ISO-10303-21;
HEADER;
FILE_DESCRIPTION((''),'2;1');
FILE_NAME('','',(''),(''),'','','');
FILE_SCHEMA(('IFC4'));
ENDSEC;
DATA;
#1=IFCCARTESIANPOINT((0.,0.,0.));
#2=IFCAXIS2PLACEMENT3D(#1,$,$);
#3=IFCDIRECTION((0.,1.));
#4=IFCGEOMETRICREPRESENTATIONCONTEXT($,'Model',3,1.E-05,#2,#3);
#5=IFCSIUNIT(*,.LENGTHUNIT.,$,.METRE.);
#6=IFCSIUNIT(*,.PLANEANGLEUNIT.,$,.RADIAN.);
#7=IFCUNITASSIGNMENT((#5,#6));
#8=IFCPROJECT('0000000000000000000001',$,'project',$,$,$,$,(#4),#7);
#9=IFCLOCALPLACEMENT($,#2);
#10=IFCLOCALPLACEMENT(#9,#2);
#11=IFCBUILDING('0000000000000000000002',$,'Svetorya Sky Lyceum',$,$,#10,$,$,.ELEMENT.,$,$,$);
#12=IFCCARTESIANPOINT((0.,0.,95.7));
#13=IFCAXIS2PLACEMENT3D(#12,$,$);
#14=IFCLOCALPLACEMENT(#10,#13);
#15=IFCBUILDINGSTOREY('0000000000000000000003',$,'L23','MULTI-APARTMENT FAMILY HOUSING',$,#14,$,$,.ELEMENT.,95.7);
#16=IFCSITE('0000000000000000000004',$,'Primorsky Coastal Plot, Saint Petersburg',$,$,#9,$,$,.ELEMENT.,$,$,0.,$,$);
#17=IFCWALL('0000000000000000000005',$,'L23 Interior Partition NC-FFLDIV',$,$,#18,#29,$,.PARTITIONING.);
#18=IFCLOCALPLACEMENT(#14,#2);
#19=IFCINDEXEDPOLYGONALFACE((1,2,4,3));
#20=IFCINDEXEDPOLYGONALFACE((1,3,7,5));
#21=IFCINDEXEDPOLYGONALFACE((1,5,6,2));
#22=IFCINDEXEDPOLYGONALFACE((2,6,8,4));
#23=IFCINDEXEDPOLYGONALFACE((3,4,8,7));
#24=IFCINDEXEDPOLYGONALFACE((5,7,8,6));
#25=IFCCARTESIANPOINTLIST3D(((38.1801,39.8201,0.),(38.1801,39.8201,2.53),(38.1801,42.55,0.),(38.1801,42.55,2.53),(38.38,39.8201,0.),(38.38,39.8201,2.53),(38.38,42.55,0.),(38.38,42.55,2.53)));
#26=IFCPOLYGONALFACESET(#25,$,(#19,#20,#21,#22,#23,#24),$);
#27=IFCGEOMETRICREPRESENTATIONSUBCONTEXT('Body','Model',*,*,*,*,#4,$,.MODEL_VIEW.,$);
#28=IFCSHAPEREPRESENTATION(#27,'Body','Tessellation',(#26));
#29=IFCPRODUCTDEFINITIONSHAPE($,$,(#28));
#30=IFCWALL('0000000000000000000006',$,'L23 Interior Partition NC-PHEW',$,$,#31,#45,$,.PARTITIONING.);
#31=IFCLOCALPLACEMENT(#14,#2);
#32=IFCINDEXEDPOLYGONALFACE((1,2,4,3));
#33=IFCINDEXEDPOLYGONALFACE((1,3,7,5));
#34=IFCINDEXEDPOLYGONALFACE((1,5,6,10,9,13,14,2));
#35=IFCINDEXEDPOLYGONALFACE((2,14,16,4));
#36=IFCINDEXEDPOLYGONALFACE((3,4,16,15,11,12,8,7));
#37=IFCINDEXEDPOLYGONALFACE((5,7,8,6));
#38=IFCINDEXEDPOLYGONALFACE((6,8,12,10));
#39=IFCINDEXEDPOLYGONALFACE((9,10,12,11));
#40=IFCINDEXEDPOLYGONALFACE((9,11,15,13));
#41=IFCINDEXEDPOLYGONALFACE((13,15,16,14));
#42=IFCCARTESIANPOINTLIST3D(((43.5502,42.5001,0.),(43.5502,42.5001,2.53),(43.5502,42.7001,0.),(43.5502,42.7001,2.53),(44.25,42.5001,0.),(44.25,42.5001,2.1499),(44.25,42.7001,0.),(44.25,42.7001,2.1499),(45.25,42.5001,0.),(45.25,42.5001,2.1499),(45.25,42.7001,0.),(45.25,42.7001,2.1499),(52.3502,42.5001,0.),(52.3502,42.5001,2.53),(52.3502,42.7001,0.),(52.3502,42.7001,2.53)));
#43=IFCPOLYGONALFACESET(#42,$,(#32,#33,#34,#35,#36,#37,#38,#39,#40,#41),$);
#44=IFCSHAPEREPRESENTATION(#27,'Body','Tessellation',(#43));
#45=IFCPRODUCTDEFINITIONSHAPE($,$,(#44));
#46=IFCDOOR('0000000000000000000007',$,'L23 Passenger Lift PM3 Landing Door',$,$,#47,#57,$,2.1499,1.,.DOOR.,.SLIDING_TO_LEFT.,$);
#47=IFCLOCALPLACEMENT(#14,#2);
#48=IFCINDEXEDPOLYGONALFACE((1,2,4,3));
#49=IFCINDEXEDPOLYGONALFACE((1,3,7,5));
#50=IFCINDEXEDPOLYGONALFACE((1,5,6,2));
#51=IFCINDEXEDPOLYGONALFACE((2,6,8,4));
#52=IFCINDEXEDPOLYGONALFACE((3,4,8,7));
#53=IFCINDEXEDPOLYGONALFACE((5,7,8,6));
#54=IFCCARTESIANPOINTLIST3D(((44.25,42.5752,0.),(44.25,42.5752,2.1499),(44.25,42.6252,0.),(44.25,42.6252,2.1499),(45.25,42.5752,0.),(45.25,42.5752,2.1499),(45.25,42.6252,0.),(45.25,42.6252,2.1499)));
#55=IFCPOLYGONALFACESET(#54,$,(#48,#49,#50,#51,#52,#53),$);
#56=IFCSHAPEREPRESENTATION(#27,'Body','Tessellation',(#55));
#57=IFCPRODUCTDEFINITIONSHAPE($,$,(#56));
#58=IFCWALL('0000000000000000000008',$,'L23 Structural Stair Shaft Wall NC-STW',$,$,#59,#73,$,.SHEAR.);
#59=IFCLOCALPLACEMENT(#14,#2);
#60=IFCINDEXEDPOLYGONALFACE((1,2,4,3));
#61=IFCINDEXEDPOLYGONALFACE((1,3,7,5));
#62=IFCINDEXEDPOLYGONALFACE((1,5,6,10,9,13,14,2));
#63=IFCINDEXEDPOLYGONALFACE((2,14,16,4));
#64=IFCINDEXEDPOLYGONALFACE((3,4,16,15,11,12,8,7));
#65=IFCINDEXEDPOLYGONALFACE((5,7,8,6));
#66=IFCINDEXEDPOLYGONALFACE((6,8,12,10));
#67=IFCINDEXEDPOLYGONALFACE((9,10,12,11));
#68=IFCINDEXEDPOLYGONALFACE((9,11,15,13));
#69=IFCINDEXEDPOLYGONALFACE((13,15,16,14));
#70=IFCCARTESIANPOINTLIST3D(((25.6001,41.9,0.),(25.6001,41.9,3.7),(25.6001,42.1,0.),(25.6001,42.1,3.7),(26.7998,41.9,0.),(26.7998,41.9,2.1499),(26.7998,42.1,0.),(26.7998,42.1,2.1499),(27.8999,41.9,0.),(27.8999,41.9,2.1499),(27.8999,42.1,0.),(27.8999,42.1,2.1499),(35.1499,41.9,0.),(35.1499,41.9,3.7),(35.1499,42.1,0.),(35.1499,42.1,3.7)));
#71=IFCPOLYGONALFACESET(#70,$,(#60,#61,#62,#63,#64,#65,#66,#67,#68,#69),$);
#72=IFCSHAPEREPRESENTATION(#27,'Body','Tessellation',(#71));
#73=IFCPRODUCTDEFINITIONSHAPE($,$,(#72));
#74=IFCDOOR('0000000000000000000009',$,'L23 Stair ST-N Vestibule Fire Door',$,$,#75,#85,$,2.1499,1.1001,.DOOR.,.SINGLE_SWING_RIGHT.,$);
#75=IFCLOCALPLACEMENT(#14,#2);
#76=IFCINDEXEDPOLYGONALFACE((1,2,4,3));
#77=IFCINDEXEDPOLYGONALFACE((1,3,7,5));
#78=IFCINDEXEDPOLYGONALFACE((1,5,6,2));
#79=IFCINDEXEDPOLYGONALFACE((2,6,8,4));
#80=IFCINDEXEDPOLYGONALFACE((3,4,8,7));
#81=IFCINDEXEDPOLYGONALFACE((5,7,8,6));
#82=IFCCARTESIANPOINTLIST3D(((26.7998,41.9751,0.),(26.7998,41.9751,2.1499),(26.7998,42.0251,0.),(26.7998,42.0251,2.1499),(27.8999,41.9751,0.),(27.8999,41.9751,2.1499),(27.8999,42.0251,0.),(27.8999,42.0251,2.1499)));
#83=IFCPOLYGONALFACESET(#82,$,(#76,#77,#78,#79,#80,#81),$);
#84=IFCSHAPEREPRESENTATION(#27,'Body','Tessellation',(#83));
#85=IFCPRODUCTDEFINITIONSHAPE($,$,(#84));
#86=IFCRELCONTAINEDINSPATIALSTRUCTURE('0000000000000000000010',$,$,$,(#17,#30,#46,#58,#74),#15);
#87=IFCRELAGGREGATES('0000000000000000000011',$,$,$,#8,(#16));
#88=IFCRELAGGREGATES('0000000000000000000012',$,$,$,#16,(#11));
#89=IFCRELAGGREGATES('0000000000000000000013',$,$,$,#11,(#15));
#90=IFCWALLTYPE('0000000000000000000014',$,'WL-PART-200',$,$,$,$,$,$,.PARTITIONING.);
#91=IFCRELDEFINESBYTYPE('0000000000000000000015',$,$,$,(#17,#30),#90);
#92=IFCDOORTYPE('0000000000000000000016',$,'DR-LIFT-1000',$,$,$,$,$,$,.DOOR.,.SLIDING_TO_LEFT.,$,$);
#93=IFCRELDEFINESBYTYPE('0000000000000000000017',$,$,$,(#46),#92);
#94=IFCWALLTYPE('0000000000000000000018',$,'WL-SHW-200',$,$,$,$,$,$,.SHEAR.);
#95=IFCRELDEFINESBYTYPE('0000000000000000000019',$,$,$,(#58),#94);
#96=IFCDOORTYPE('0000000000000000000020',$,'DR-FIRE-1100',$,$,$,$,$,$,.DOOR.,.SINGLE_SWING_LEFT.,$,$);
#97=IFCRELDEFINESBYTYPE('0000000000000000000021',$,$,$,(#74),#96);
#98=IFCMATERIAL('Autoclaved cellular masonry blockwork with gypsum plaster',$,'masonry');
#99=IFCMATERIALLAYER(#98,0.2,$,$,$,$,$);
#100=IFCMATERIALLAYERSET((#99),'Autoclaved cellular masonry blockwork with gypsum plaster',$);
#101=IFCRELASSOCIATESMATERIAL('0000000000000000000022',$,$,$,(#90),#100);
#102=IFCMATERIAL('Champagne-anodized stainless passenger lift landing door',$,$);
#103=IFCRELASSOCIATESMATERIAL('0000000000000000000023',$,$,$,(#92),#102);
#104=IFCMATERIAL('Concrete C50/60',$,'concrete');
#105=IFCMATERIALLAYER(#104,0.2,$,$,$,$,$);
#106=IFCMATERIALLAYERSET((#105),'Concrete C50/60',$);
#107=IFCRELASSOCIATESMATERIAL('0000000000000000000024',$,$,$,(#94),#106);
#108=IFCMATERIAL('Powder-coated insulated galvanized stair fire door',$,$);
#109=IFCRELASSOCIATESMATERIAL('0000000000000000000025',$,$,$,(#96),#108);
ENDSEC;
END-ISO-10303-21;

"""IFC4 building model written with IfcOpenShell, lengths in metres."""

from ifc_helpers import new_model, si_unit, direction, frame, frame_2d, origin, place, context, subcontext, project, spatial, rectangle, extrude, material, layer, layer_set, type_object, element, fill, save


model = new_model("IFC4")

# Units and contexts
model_context = context("Model", 3, precision=1e-05, world=origin(), true_north=direction((0.0, 1.0)))
body_context = subcontext(model_context, "Body", "Model", "MODEL_VIEW")
ifc_project = project(units=[si_unit("LENGTHUNIT", "METRE"), si_unit("PLANEANGLEUNIT", "RADIAN")], contexts=[model_context])

# Site, building, storey
site_placement = place(None, origin())
site = spatial("IfcSite", under=ifc_project, at=site_placement, Name="Primorsky Coastal Plot, Saint Petersburg", CompositionType="ELEMENT", RefElevation=0.0)
building_placement = place(site_placement, origin())
building = spatial("IfcBuilding", under=site, at=building_placement, Name="Svetorya Sky Lyceum", CompositionType="ELEMENT")
storey_placement = place(building_placement, frame((0.0, 0.0, 95.7)))
storey = spatial("IfcBuildingStorey", under=building, at=storey_placement, Name="L23", Description="MULTI-APARTMENT FAMILY HOUSING", CompositionType="ELEMENT", Elevation=95.7)

# Shared definitions
ifc_material_1 = material(Name="Concrete C50/60", Category="concrete")

# Shared definitions
ifc_material_2 = material(Name="Autoclaved cellular masonry blockwork with gypsum plaster", Category="masonry")
ifc_layer_1 = layer(ifc_material_2, 0.2)
ifc_layer_set_1 = layer_set([ifc_layer_1], Name="Autoclaved cellular masonry blockwork with gypsum plaster")
wall_type_1 = type_object("IfcWallType", Name="WL-PART-200", PredefinedType="PARTITIONING", material=ifc_layer_set_1)

# Wall
wall_1_placement = place(storey_placement, frame((38.28, 39.8201, 0.0), z_axis=(0.0, 0.0, 1.0), x_axis=(0.0, 1.0, 0.0)))
element("IfcWall", 1, at=wall_1_placement, inside=storey, type_object=wall_type_1, Name="L23 Interior Partition NC-FFLDIV", PredefinedType="PARTITIONING", context=body_context, shape_type="SweptSolid", body=[
    extrude(rectangle(XDim=2.73, YDim=0.2, at=frame_2d((1.365, 0.0))), origin(), (0.0, 0.0, 1.0), 2.53),
])

# Shared definitions
ifc_material_3 = material(Name="Champagne-anodized stainless passenger lift landing door")
door_type_1 = type_object("IfcDoorType", Name="DR-LIFT-1000", OperationType="SLIDING_TO_LEFT", PredefinedType="DOOR", material=ifc_material_3)

# Walls, openings, doors
wall_2_placement = place(storey_placement, frame((52.3501, 42.6001, 0.0), z_axis=(0.0, 0.0, 1.0), x_axis=(-1.0, 0.0, 0.0)))
wall_2 = element("IfcWall", 2, at=wall_2_placement, inside=storey, type_object=wall_type_1, Name="L23 Interior Partition NC-PHEW", PredefinedType="PARTITIONING", context=body_context, shape_type="SweptSolid", body=[
    extrude(rectangle(XDim=8.8, YDim=0.2, at=frame_2d((4.3999, 0.0))), origin(), (0.0, 0.0, 1.0), 2.53),
])
opening_1_placement = place(wall_2_placement, frame((7.1001, 0.0, 0.0)))
opening_1 = element("IfcOpeningElement", 3, at=opening_1_placement, cuts=wall_2, PredefinedType="OPENING", context=body_context, shape_type="SweptSolid", body=[
    extrude(rectangle(XDim=1.0, YDim=2.1499, at=frame_2d((0.5, 1.075))), frame((0.0, 0.1099, 0.0), z_axis=(0.0, -1.0, 0.0), x_axis=(1.0, 0.0, 0.0)), (0.0, 0.0, 1.0), 0.22),
])
door_1_placement = place(opening_1_placement, origin())
door_1 = element("IfcDoor", 4, at=door_1_placement, inside=storey, type_object=door_type_1, Name="L23 Passenger Lift PM3 Landing Door", OperationType="SLIDING_TO_LEFT", OverallHeight=2.1499, OverallWidth=1.0, PredefinedType="DOOR", context=body_context, shape_type="SweptSolid", body=[
    extrude(rectangle(XDim=1.0, YDim=2.1499, at=frame_2d((0.5, 1.075))), frame((0.0, 0.0249, 0.0), z_axis=(0.0, -1.0, 0.0), x_axis=(1.0, 0.0, 0.0)), (0.0, 0.0, 1.0), 0.05),
])
fill(opening_1, door_1)
ifc_layer_2 = layer(ifc_material_1, 0.2)
ifc_layer_set_2 = layer_set([ifc_layer_2], Name="Concrete C50/60")
wall_type_2 = type_object("IfcWallType", Name="WL-SHW-200", PredefinedType="SHEAR", material=ifc_layer_set_2)
wall_3_placement = place(storey_placement, frame((35.1499, 42.0, 0.0), z_axis=(0.0, 0.0, 1.0), x_axis=(-1.0, 0.0, 0.0)))
wall_3 = element("IfcWall", 5, at=wall_3_placement, inside=storey, type_object=wall_type_2, Name="L23 Structural Stair Shaft Wall NC-STW", PredefinedType="SHEAR", context=body_context, shape_type="SweptSolid", body=[
    extrude(rectangle(XDim=9.5498, YDim=0.2, at=frame_2d((4.7749, 0.0))), origin(), (0.0, 0.0, 1.0), 3.7),
])
opening_2_placement = place(wall_3_placement, frame((7.25, 0.0, 0.0)))
opening_2 = element("IfcOpeningElement", 6, at=opening_2_placement, cuts=wall_3, PredefinedType="OPENING", context=body_context, shape_type="SweptSolid", body=[
    extrude(rectangle(XDim=1.1001, YDim=2.1499, at=frame_2d((0.55, 1.075))), frame((0.0, 0.1099, 0.0), z_axis=(0.0, -1.0, 0.0), x_axis=(1.0, 0.0, 0.0)), (0.0, 0.0, 1.0), 0.22),
])
ifc_material_4 = material(Name="Powder-coated insulated galvanized stair fire door")
door_type_2 = type_object("IfcDoorType", Name="DR-FIRE-1100", OperationType="SINGLE_SWING_LEFT", PredefinedType="DOOR", material=ifc_material_4)
door_2_placement = place(opening_2_placement, origin())
door_2 = element("IfcDoor", 7, at=door_2_placement, inside=storey, type_object=door_type_2, Name="L23 Stair ST-N Vestibule Fire Door", OperationType="SINGLE_SWING_RIGHT", OverallHeight=2.1499, OverallWidth=1.1001, PredefinedType="DOOR", context=body_context, shape_type="SweptSolid", body=[
    extrude(rectangle(XDim=1.1001, YDim=2.1499, at=frame_2d((0.55, 1.075))), frame((0.0, 0.0249, 0.0), z_axis=(0.0, -1.0, 0.0), x_axis=(1.0, 0.0, 0.0)), (0.0, 0.0, 1.0), 0.05),
])
fill(opening_2, door_2)

save(model, "model.ifc")
